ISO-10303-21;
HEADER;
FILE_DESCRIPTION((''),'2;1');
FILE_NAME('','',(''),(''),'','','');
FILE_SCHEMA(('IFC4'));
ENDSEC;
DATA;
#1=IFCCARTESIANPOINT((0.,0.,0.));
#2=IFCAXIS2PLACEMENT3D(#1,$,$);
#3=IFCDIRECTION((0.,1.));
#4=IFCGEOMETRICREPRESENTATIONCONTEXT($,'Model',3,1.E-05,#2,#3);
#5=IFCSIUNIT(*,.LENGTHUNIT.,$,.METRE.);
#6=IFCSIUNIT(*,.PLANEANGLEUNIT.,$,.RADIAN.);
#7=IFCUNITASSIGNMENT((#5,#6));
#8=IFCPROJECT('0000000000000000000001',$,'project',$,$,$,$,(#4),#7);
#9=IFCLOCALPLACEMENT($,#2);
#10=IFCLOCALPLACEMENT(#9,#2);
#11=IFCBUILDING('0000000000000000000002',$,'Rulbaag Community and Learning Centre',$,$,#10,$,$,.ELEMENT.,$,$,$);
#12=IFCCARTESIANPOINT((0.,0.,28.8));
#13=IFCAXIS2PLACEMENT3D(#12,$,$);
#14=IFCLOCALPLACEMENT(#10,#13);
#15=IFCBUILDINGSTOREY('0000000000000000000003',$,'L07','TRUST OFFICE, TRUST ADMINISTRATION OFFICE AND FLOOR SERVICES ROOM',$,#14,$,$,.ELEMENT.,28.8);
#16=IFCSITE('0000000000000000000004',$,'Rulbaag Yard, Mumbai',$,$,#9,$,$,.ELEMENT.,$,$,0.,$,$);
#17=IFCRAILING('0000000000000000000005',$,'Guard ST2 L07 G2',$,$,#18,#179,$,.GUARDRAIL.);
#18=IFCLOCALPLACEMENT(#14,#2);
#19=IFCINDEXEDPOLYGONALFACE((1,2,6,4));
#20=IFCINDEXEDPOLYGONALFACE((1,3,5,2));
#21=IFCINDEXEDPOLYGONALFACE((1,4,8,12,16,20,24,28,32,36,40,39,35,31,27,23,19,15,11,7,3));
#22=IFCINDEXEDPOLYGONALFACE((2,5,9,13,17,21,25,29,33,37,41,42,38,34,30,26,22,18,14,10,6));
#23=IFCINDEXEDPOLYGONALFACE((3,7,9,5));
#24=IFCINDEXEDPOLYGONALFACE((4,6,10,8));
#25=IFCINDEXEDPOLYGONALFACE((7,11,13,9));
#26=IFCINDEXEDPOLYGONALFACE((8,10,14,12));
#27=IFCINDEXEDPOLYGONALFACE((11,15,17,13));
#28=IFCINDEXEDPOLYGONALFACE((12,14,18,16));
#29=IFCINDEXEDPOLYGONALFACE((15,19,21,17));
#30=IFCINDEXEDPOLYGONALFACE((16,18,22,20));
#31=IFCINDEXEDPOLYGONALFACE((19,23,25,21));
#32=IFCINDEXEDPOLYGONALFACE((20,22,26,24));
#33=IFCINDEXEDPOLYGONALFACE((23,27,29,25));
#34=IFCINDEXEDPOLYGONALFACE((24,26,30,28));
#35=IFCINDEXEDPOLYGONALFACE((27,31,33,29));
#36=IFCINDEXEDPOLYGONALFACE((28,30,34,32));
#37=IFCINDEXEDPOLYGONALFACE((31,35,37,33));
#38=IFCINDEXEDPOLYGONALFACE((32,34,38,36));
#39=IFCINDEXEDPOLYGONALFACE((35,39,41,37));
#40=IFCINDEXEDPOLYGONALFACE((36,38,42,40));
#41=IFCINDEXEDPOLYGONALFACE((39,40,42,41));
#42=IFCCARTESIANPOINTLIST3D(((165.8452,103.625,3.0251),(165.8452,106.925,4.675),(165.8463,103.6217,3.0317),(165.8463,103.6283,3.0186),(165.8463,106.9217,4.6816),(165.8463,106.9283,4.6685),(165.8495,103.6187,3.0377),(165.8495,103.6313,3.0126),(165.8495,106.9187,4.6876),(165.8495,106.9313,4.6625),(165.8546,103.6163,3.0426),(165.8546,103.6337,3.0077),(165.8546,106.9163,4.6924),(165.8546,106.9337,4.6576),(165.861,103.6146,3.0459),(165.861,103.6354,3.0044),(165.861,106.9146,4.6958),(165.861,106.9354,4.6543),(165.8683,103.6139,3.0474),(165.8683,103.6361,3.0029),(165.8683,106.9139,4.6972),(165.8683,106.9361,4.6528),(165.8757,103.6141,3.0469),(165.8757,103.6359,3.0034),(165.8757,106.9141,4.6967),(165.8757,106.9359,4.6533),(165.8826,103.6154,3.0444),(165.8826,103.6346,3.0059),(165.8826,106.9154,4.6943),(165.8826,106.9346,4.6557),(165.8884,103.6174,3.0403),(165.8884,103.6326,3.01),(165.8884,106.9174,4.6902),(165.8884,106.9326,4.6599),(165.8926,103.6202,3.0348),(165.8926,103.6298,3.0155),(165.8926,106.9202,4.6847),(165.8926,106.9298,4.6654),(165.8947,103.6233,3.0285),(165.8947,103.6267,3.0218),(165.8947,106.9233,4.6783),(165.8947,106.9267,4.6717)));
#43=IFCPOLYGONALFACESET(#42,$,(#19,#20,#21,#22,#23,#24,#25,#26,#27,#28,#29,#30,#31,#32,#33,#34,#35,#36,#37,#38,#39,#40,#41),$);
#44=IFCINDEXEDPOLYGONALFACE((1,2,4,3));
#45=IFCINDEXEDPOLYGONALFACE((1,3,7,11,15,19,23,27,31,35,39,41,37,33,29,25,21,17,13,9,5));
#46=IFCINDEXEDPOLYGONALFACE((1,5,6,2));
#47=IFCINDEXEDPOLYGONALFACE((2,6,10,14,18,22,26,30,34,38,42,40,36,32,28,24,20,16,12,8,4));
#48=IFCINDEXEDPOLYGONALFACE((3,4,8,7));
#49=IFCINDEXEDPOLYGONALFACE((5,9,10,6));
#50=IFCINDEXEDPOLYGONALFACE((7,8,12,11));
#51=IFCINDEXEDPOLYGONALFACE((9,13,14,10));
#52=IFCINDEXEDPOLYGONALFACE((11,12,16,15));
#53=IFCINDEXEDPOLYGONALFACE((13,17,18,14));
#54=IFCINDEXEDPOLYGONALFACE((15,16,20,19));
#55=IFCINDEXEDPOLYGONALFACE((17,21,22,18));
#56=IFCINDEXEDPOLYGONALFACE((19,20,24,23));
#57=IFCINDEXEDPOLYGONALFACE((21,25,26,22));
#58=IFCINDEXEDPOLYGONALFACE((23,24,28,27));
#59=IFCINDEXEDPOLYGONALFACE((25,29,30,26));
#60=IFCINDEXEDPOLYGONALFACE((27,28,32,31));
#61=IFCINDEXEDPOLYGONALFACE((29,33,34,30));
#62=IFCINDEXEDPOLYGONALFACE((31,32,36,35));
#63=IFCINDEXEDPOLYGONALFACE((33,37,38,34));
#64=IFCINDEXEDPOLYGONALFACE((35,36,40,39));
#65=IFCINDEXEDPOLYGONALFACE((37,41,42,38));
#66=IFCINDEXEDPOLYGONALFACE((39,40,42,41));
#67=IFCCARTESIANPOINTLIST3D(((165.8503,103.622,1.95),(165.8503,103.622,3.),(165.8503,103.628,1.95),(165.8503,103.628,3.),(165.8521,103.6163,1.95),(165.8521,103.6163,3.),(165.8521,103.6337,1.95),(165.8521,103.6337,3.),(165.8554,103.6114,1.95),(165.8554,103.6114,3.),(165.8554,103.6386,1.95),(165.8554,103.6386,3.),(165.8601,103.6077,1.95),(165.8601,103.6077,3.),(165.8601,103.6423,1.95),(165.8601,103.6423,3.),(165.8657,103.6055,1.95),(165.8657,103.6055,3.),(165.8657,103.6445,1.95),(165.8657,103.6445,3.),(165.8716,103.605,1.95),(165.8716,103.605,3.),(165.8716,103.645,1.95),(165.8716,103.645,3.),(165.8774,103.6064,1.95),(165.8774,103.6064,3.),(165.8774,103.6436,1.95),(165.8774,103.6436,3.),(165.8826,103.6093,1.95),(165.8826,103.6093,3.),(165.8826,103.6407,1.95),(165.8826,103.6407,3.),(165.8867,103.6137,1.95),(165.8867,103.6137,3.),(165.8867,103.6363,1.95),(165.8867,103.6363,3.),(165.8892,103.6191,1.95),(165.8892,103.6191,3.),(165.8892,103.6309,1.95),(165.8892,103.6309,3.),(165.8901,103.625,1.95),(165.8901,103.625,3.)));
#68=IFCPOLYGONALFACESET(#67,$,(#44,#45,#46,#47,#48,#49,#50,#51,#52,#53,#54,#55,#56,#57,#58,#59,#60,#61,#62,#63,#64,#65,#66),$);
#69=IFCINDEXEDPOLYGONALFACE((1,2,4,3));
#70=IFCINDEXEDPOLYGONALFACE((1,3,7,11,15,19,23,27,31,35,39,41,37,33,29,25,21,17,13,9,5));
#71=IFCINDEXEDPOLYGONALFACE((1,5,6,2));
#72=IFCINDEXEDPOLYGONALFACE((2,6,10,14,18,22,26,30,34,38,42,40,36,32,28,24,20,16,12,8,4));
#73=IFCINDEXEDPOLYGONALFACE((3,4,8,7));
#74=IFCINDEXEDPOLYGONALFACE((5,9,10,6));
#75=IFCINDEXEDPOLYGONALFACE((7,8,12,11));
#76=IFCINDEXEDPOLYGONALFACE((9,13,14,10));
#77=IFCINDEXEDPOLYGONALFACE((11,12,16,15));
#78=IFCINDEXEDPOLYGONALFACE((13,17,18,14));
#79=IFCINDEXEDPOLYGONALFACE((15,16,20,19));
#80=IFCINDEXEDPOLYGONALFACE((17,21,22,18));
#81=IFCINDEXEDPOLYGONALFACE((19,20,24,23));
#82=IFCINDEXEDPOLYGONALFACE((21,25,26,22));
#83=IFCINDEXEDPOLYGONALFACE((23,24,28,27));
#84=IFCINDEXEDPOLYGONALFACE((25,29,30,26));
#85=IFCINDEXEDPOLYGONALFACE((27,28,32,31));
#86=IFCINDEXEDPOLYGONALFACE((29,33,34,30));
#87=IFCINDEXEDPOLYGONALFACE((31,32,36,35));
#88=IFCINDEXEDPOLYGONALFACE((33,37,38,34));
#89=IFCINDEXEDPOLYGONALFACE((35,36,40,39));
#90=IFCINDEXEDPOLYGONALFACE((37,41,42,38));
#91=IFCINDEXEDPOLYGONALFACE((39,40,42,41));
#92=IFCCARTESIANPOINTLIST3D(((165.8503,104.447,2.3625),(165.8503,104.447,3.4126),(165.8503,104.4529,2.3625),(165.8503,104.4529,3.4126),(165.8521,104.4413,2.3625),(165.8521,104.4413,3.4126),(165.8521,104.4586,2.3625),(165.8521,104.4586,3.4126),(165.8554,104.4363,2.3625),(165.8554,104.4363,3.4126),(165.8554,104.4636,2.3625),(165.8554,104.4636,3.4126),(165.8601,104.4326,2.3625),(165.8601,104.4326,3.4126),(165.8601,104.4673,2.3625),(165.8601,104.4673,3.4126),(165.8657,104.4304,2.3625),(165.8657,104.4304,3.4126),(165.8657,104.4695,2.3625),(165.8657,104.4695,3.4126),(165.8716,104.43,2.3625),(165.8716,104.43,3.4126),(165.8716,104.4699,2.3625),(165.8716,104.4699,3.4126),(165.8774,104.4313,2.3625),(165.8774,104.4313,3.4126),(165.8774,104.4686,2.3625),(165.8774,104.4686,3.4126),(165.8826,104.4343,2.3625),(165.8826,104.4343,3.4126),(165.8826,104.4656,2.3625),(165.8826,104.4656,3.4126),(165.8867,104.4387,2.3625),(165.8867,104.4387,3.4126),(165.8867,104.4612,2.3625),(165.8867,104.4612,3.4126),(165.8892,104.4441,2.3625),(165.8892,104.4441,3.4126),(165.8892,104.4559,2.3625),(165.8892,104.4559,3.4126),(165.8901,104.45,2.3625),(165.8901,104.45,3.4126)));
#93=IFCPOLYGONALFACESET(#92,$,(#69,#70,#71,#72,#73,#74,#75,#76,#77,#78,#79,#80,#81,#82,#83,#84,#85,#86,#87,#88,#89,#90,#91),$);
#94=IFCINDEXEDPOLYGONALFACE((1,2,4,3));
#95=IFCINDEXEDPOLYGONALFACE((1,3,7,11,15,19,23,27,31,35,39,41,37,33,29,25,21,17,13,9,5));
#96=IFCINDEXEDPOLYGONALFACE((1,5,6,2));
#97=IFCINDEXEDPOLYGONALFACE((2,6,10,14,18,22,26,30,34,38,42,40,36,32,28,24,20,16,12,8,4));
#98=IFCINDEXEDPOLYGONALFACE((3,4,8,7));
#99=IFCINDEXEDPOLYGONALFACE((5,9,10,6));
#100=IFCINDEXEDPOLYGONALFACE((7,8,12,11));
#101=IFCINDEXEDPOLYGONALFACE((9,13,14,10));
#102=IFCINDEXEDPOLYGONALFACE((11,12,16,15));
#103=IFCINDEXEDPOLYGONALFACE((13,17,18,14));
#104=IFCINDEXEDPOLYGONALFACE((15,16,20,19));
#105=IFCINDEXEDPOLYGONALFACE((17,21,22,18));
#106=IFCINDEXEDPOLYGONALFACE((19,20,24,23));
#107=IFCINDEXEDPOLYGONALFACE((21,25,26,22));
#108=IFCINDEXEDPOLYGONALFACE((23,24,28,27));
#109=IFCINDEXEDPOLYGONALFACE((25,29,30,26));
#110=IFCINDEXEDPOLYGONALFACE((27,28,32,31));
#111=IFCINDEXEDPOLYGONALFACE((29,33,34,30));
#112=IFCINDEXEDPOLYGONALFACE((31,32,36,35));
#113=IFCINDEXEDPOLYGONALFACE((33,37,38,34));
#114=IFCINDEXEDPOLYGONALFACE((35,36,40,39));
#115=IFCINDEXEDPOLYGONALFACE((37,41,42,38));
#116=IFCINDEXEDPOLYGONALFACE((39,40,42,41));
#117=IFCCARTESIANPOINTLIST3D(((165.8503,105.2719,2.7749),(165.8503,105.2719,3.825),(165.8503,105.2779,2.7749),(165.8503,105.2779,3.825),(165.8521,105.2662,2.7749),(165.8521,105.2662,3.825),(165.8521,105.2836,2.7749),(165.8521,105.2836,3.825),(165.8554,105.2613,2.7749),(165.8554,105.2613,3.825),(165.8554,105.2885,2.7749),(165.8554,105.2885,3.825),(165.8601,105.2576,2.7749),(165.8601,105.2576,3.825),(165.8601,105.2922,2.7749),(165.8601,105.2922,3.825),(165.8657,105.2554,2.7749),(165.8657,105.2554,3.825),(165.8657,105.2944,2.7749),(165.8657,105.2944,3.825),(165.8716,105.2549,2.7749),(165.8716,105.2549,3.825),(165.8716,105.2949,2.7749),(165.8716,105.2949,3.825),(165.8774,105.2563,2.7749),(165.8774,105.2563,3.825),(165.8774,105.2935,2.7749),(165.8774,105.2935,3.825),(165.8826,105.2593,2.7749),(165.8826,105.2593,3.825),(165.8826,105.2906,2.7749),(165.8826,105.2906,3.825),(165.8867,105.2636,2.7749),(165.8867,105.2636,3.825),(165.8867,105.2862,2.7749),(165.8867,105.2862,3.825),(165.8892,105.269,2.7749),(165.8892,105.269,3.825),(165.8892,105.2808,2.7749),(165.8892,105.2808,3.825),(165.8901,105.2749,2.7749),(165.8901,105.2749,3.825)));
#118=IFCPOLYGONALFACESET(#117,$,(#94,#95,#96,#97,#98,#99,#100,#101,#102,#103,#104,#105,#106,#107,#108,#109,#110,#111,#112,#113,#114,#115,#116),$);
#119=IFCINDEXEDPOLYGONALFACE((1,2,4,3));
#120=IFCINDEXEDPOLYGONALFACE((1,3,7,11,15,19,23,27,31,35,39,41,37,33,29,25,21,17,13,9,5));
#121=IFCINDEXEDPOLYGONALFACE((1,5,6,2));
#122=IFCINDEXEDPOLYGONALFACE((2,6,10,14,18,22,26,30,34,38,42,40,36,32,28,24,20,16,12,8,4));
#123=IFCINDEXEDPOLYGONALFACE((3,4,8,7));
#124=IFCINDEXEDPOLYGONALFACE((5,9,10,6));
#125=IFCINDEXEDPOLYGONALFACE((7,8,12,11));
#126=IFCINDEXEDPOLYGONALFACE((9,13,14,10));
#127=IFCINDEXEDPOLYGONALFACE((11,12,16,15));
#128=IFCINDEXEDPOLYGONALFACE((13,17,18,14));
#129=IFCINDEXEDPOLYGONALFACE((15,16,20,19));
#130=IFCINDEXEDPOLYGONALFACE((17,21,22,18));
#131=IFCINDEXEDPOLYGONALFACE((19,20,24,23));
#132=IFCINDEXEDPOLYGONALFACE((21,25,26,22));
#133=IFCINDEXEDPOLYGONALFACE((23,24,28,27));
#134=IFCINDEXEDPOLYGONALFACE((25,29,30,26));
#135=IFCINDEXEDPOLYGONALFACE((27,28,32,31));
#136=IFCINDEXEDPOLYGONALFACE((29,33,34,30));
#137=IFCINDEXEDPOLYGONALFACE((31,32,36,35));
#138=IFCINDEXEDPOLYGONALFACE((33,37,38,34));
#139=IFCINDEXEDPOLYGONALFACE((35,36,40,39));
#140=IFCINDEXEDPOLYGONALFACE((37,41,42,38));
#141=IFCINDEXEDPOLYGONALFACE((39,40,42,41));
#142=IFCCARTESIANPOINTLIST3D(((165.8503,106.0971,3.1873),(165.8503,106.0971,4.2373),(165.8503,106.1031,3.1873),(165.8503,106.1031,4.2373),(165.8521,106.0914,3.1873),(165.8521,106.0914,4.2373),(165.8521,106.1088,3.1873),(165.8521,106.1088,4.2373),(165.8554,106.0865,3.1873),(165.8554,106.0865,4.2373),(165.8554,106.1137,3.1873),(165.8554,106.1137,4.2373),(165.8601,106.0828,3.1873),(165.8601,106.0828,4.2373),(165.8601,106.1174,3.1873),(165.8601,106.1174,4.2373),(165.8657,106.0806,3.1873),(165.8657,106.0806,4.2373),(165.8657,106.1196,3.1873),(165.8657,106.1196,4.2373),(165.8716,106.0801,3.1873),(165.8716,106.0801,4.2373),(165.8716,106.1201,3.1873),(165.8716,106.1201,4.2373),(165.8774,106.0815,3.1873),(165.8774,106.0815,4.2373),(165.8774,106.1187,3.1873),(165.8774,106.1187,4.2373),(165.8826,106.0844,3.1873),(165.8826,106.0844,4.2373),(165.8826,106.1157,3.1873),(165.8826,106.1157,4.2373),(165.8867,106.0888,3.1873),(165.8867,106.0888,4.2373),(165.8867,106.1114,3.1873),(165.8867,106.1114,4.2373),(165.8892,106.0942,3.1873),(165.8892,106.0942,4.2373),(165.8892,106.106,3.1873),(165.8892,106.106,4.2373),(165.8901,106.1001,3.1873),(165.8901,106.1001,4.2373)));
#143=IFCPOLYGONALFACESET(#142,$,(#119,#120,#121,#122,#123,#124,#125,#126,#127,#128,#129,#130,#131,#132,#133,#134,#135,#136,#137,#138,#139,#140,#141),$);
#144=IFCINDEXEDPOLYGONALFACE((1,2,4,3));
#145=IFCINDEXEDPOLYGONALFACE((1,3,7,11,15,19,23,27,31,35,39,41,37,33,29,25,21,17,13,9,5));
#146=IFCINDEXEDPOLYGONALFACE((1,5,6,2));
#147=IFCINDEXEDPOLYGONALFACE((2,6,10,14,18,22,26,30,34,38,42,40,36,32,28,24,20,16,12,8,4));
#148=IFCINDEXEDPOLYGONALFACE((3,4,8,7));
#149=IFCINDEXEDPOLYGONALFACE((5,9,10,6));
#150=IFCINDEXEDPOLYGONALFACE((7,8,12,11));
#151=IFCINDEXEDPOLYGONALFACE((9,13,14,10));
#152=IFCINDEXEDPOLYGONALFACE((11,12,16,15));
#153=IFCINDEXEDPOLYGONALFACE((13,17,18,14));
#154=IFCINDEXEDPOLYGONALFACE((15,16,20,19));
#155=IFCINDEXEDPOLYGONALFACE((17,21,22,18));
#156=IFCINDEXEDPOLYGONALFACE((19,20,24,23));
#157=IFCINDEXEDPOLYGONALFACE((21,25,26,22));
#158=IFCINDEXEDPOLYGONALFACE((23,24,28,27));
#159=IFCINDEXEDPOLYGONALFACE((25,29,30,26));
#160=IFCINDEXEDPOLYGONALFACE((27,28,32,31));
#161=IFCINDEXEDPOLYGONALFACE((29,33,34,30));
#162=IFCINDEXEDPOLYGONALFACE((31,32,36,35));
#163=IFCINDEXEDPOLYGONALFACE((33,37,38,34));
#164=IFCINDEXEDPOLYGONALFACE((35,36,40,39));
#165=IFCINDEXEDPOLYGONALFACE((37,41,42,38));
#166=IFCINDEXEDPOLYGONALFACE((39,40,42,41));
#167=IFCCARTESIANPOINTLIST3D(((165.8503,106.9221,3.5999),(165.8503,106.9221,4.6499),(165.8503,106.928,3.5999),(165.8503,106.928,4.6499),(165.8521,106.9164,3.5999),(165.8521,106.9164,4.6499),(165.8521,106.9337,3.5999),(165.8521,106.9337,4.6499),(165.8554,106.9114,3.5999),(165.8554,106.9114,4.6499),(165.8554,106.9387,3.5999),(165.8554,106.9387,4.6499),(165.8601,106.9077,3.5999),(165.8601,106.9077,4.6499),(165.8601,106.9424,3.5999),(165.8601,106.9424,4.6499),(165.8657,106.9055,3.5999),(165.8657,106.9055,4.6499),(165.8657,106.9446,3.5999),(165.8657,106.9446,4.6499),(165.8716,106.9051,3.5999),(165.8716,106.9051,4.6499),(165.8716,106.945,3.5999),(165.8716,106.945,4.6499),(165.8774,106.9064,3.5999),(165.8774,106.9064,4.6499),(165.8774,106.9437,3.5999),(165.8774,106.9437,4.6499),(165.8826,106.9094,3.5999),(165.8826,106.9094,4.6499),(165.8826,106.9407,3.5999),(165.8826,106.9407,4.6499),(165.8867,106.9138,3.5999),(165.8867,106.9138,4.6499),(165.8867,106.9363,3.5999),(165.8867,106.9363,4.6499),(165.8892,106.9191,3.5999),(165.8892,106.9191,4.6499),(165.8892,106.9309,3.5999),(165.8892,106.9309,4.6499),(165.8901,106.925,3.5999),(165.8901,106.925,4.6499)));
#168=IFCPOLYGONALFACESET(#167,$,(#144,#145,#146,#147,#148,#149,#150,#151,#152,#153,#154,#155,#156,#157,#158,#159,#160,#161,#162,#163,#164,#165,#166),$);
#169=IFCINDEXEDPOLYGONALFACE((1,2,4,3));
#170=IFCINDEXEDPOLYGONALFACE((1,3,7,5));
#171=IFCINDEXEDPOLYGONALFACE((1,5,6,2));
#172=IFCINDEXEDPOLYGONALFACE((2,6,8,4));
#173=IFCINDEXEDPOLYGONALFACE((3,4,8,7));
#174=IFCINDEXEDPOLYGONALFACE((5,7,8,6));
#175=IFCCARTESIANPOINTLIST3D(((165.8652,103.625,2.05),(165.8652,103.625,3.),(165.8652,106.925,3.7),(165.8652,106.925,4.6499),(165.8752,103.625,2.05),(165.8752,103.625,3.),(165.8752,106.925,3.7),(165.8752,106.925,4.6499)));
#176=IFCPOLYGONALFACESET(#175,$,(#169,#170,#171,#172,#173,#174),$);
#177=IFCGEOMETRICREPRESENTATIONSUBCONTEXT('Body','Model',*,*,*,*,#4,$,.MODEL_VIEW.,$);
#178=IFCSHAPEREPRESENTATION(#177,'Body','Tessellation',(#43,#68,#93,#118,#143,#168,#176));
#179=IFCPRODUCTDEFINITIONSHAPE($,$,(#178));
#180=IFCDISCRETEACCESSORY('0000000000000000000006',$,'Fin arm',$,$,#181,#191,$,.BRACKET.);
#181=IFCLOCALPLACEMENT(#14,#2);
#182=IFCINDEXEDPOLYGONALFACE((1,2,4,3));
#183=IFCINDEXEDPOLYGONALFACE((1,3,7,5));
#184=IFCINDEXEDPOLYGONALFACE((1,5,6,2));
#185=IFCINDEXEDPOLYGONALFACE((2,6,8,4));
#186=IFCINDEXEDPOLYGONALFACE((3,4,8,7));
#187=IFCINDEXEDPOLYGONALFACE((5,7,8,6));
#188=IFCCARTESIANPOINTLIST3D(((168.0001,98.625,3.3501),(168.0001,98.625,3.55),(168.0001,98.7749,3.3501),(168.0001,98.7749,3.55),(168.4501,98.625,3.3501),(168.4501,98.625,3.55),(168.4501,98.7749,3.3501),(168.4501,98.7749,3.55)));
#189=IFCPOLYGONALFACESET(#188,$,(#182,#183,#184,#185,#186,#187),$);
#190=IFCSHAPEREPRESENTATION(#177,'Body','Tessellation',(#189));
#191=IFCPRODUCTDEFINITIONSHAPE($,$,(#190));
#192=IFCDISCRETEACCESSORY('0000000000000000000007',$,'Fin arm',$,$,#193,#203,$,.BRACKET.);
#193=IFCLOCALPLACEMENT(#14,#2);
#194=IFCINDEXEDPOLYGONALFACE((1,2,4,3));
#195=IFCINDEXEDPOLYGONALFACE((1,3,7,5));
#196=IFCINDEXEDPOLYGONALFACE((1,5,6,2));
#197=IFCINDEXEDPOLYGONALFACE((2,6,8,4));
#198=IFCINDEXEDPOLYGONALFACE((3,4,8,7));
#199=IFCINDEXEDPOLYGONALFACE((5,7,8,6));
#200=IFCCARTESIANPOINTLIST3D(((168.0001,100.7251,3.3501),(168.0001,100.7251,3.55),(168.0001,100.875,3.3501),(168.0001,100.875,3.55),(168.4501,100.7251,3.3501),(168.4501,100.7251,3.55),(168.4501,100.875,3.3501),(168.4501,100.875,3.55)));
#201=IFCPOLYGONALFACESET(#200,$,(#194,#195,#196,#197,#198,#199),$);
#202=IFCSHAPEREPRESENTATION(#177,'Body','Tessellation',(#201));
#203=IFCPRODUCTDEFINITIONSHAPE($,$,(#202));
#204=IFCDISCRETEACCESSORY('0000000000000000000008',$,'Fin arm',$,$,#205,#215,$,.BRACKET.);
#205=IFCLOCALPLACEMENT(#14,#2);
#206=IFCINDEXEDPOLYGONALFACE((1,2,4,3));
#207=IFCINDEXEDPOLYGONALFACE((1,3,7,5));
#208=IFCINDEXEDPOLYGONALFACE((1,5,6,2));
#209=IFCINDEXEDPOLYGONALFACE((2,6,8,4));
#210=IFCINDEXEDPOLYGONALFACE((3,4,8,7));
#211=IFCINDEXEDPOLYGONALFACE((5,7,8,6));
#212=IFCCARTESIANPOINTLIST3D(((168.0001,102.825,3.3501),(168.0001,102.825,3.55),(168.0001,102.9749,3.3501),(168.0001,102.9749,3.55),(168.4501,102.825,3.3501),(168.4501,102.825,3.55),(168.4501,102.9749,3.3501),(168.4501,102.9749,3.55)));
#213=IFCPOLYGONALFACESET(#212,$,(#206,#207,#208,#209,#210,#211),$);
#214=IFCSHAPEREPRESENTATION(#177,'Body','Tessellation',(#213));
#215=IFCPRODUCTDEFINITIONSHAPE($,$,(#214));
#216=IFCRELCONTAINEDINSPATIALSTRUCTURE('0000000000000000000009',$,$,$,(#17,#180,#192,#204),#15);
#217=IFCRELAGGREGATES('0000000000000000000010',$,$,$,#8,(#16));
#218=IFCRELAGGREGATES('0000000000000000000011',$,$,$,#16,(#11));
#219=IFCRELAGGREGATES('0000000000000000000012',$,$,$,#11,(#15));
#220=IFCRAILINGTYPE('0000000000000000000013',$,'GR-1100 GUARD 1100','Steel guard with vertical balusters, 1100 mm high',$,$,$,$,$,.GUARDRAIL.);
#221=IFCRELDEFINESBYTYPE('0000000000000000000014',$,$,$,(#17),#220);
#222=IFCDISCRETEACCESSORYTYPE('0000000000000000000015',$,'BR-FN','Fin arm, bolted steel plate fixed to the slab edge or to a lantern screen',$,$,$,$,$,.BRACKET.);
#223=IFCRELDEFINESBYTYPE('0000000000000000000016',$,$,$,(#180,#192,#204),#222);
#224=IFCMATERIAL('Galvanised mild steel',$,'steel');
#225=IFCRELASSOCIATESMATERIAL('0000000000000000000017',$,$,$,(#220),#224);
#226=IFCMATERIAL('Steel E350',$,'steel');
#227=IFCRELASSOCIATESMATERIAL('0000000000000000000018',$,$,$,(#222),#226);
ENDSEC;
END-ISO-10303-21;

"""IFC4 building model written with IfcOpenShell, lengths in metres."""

from ifc_helpers import new_model, si_unit, direction, frame, origin, origin_2d, place, context, subcontext, project, spatial, polyline, rectangle, circle, outline, extrude, material, type_object, element, save


model = new_model("IFC4")

# Units and contexts
model_context = context("Model", 3, precision=1e-05, world=origin(), true_north=direction((0.0, 1.0)))
body_context = subcontext(model_context, "Body", "Model", "MODEL_VIEW")
ifc_project = project(units=[si_unit("LENGTHUNIT", "METRE"), si_unit("PLANEANGLEUNIT", "RADIAN")], contexts=[model_context])

# Site, building, storey
site_placement = place(None, origin())
site = spatial("IfcSite", under=ifc_project, at=site_placement, Name="Rulbaag Yard, Mumbai", CompositionType="ELEMENT", RefElevation=0.0)
building_placement = place(site_placement, origin())
building = spatial("IfcBuilding", under=site, at=building_placement, Name="Rulbaag Community and Learning Centre", CompositionType="ELEMENT")
storey_placement = place(building_placement, frame((0.0, 0.0, 28.8)))
storey = spatial("IfcBuildingStorey", under=building, at=storey_placement, Name="L07", Description="TRUST OFFICE, TRUST ADMINISTRATION OFFICE AND FLOOR SERVICES ROOM", CompositionType="ELEMENT", Elevation=28.8)

# Railing
ifc_material_1 = material(Name="Galvanised mild steel", Category="steel")
railing_type_1 = type_object("IfcRailingType", Name="GR-1100 GUARD 1100", Description="Steel guard with vertical balusters, 1100 mm high", PredefinedType="GUARDRAIL", material=ifc_material_1)
railing_1_placement = place(storey_placement, frame((165.8701, 103.625, 1.95)))
element("IfcRailing", 1, at=railing_1_placement, inside=storey, type_object=railing_type_1, Name="Guard ST2 L07 G2", PredefinedType="GUARDRAIL", context=body_context, shape_type="SweptSolid", body=[
    extrude(circle(Radius=0.0249, at=origin_2d()), frame((0.0, 0.0, 1.0752), z_axis=(0.0, 0.89444, 0.447187), x_axis=(-1.0, 0.0, 0.0)), (0.0, 0.0, 1.0), 3.6895),
    extrude(circle(Radius=0.02, at=origin_2d()), origin(), (0.0, 0.0, 1.0), 1.05),
    extrude(circle(Radius=0.02, at=origin_2d()), frame((0.0, 0.825, 0.4126)), (0.0, 0.0, 1.0), 1.05),
    extrude(circle(Radius=0.02, at=origin_2d()), frame((0.0, 1.6499, 0.825)), (0.0, 0.0, 1.0), 1.05),
    extrude(circle(Radius=0.02, at=origin_2d()), frame((0.0, 2.4751, 1.2373)), (0.0, 0.0, 1.0), 1.05),
    extrude(circle(Radius=0.02, at=origin_2d()), frame((0.0, 3.3, 1.6499)), (0.0, 0.0, 1.0), 1.05),
    extrude(outline(polyline([(0.0, 0.0), (3.3, 1.6499), (3.3, 2.5999), (0.0, 0.95), (0.0, 0.0)])), frame((-0.0049, 0.0, 0.1001), z_axis=(1.0, 0.0, 0.0), x_axis=(0.0, 1.0, 0.0)), (0.0, 0.0, 1.0), 0.01),
])

# Discrete accessories
ifc_material_2 = material(Name="Steel E350", Category="steel")
discrete_accessory_type = type_object("IfcDiscreteAccessoryType", Name="BR-FN", Description="Fin arm, bolted steel plate fixed to the slab edge or to a lantern screen", PredefinedType="BRACKET", material=ifc_material_2)
for number, where, z_axis, x_axis, name in (
    (2, (168.2251, 98.7, 3.3501), (0.0, 0.0, 1.0), (1.0, 0.0, 0.0), "Fin arm"),
    (3, (168.2251, 100.8, 3.3501), (0.0, 0.0, 1.0), (1.0, 0.0, 0.0), "Fin arm"),
    (4, (168.2251, 102.8999, 3.3501), (0.0, 0.0, 1.0), (1.0, 0.0, 0.0), "Fin arm"),
):
    element("IfcDiscreteAccessory", number, at=place(storey_placement, frame(where, z_axis=z_axis, x_axis=x_axis)), inside=storey, type_object=discrete_accessory_type, Name=name, PredefinedType="BRACKET", context=body_context, shape_type="SweptSolid", body=[
        extrude(rectangle(XDim=0.45, YDim=0.1499, at=origin_2d()), origin(), (0.0, 0.0, 1.0), 0.2),
    ])

save(model, "model.ifc")
